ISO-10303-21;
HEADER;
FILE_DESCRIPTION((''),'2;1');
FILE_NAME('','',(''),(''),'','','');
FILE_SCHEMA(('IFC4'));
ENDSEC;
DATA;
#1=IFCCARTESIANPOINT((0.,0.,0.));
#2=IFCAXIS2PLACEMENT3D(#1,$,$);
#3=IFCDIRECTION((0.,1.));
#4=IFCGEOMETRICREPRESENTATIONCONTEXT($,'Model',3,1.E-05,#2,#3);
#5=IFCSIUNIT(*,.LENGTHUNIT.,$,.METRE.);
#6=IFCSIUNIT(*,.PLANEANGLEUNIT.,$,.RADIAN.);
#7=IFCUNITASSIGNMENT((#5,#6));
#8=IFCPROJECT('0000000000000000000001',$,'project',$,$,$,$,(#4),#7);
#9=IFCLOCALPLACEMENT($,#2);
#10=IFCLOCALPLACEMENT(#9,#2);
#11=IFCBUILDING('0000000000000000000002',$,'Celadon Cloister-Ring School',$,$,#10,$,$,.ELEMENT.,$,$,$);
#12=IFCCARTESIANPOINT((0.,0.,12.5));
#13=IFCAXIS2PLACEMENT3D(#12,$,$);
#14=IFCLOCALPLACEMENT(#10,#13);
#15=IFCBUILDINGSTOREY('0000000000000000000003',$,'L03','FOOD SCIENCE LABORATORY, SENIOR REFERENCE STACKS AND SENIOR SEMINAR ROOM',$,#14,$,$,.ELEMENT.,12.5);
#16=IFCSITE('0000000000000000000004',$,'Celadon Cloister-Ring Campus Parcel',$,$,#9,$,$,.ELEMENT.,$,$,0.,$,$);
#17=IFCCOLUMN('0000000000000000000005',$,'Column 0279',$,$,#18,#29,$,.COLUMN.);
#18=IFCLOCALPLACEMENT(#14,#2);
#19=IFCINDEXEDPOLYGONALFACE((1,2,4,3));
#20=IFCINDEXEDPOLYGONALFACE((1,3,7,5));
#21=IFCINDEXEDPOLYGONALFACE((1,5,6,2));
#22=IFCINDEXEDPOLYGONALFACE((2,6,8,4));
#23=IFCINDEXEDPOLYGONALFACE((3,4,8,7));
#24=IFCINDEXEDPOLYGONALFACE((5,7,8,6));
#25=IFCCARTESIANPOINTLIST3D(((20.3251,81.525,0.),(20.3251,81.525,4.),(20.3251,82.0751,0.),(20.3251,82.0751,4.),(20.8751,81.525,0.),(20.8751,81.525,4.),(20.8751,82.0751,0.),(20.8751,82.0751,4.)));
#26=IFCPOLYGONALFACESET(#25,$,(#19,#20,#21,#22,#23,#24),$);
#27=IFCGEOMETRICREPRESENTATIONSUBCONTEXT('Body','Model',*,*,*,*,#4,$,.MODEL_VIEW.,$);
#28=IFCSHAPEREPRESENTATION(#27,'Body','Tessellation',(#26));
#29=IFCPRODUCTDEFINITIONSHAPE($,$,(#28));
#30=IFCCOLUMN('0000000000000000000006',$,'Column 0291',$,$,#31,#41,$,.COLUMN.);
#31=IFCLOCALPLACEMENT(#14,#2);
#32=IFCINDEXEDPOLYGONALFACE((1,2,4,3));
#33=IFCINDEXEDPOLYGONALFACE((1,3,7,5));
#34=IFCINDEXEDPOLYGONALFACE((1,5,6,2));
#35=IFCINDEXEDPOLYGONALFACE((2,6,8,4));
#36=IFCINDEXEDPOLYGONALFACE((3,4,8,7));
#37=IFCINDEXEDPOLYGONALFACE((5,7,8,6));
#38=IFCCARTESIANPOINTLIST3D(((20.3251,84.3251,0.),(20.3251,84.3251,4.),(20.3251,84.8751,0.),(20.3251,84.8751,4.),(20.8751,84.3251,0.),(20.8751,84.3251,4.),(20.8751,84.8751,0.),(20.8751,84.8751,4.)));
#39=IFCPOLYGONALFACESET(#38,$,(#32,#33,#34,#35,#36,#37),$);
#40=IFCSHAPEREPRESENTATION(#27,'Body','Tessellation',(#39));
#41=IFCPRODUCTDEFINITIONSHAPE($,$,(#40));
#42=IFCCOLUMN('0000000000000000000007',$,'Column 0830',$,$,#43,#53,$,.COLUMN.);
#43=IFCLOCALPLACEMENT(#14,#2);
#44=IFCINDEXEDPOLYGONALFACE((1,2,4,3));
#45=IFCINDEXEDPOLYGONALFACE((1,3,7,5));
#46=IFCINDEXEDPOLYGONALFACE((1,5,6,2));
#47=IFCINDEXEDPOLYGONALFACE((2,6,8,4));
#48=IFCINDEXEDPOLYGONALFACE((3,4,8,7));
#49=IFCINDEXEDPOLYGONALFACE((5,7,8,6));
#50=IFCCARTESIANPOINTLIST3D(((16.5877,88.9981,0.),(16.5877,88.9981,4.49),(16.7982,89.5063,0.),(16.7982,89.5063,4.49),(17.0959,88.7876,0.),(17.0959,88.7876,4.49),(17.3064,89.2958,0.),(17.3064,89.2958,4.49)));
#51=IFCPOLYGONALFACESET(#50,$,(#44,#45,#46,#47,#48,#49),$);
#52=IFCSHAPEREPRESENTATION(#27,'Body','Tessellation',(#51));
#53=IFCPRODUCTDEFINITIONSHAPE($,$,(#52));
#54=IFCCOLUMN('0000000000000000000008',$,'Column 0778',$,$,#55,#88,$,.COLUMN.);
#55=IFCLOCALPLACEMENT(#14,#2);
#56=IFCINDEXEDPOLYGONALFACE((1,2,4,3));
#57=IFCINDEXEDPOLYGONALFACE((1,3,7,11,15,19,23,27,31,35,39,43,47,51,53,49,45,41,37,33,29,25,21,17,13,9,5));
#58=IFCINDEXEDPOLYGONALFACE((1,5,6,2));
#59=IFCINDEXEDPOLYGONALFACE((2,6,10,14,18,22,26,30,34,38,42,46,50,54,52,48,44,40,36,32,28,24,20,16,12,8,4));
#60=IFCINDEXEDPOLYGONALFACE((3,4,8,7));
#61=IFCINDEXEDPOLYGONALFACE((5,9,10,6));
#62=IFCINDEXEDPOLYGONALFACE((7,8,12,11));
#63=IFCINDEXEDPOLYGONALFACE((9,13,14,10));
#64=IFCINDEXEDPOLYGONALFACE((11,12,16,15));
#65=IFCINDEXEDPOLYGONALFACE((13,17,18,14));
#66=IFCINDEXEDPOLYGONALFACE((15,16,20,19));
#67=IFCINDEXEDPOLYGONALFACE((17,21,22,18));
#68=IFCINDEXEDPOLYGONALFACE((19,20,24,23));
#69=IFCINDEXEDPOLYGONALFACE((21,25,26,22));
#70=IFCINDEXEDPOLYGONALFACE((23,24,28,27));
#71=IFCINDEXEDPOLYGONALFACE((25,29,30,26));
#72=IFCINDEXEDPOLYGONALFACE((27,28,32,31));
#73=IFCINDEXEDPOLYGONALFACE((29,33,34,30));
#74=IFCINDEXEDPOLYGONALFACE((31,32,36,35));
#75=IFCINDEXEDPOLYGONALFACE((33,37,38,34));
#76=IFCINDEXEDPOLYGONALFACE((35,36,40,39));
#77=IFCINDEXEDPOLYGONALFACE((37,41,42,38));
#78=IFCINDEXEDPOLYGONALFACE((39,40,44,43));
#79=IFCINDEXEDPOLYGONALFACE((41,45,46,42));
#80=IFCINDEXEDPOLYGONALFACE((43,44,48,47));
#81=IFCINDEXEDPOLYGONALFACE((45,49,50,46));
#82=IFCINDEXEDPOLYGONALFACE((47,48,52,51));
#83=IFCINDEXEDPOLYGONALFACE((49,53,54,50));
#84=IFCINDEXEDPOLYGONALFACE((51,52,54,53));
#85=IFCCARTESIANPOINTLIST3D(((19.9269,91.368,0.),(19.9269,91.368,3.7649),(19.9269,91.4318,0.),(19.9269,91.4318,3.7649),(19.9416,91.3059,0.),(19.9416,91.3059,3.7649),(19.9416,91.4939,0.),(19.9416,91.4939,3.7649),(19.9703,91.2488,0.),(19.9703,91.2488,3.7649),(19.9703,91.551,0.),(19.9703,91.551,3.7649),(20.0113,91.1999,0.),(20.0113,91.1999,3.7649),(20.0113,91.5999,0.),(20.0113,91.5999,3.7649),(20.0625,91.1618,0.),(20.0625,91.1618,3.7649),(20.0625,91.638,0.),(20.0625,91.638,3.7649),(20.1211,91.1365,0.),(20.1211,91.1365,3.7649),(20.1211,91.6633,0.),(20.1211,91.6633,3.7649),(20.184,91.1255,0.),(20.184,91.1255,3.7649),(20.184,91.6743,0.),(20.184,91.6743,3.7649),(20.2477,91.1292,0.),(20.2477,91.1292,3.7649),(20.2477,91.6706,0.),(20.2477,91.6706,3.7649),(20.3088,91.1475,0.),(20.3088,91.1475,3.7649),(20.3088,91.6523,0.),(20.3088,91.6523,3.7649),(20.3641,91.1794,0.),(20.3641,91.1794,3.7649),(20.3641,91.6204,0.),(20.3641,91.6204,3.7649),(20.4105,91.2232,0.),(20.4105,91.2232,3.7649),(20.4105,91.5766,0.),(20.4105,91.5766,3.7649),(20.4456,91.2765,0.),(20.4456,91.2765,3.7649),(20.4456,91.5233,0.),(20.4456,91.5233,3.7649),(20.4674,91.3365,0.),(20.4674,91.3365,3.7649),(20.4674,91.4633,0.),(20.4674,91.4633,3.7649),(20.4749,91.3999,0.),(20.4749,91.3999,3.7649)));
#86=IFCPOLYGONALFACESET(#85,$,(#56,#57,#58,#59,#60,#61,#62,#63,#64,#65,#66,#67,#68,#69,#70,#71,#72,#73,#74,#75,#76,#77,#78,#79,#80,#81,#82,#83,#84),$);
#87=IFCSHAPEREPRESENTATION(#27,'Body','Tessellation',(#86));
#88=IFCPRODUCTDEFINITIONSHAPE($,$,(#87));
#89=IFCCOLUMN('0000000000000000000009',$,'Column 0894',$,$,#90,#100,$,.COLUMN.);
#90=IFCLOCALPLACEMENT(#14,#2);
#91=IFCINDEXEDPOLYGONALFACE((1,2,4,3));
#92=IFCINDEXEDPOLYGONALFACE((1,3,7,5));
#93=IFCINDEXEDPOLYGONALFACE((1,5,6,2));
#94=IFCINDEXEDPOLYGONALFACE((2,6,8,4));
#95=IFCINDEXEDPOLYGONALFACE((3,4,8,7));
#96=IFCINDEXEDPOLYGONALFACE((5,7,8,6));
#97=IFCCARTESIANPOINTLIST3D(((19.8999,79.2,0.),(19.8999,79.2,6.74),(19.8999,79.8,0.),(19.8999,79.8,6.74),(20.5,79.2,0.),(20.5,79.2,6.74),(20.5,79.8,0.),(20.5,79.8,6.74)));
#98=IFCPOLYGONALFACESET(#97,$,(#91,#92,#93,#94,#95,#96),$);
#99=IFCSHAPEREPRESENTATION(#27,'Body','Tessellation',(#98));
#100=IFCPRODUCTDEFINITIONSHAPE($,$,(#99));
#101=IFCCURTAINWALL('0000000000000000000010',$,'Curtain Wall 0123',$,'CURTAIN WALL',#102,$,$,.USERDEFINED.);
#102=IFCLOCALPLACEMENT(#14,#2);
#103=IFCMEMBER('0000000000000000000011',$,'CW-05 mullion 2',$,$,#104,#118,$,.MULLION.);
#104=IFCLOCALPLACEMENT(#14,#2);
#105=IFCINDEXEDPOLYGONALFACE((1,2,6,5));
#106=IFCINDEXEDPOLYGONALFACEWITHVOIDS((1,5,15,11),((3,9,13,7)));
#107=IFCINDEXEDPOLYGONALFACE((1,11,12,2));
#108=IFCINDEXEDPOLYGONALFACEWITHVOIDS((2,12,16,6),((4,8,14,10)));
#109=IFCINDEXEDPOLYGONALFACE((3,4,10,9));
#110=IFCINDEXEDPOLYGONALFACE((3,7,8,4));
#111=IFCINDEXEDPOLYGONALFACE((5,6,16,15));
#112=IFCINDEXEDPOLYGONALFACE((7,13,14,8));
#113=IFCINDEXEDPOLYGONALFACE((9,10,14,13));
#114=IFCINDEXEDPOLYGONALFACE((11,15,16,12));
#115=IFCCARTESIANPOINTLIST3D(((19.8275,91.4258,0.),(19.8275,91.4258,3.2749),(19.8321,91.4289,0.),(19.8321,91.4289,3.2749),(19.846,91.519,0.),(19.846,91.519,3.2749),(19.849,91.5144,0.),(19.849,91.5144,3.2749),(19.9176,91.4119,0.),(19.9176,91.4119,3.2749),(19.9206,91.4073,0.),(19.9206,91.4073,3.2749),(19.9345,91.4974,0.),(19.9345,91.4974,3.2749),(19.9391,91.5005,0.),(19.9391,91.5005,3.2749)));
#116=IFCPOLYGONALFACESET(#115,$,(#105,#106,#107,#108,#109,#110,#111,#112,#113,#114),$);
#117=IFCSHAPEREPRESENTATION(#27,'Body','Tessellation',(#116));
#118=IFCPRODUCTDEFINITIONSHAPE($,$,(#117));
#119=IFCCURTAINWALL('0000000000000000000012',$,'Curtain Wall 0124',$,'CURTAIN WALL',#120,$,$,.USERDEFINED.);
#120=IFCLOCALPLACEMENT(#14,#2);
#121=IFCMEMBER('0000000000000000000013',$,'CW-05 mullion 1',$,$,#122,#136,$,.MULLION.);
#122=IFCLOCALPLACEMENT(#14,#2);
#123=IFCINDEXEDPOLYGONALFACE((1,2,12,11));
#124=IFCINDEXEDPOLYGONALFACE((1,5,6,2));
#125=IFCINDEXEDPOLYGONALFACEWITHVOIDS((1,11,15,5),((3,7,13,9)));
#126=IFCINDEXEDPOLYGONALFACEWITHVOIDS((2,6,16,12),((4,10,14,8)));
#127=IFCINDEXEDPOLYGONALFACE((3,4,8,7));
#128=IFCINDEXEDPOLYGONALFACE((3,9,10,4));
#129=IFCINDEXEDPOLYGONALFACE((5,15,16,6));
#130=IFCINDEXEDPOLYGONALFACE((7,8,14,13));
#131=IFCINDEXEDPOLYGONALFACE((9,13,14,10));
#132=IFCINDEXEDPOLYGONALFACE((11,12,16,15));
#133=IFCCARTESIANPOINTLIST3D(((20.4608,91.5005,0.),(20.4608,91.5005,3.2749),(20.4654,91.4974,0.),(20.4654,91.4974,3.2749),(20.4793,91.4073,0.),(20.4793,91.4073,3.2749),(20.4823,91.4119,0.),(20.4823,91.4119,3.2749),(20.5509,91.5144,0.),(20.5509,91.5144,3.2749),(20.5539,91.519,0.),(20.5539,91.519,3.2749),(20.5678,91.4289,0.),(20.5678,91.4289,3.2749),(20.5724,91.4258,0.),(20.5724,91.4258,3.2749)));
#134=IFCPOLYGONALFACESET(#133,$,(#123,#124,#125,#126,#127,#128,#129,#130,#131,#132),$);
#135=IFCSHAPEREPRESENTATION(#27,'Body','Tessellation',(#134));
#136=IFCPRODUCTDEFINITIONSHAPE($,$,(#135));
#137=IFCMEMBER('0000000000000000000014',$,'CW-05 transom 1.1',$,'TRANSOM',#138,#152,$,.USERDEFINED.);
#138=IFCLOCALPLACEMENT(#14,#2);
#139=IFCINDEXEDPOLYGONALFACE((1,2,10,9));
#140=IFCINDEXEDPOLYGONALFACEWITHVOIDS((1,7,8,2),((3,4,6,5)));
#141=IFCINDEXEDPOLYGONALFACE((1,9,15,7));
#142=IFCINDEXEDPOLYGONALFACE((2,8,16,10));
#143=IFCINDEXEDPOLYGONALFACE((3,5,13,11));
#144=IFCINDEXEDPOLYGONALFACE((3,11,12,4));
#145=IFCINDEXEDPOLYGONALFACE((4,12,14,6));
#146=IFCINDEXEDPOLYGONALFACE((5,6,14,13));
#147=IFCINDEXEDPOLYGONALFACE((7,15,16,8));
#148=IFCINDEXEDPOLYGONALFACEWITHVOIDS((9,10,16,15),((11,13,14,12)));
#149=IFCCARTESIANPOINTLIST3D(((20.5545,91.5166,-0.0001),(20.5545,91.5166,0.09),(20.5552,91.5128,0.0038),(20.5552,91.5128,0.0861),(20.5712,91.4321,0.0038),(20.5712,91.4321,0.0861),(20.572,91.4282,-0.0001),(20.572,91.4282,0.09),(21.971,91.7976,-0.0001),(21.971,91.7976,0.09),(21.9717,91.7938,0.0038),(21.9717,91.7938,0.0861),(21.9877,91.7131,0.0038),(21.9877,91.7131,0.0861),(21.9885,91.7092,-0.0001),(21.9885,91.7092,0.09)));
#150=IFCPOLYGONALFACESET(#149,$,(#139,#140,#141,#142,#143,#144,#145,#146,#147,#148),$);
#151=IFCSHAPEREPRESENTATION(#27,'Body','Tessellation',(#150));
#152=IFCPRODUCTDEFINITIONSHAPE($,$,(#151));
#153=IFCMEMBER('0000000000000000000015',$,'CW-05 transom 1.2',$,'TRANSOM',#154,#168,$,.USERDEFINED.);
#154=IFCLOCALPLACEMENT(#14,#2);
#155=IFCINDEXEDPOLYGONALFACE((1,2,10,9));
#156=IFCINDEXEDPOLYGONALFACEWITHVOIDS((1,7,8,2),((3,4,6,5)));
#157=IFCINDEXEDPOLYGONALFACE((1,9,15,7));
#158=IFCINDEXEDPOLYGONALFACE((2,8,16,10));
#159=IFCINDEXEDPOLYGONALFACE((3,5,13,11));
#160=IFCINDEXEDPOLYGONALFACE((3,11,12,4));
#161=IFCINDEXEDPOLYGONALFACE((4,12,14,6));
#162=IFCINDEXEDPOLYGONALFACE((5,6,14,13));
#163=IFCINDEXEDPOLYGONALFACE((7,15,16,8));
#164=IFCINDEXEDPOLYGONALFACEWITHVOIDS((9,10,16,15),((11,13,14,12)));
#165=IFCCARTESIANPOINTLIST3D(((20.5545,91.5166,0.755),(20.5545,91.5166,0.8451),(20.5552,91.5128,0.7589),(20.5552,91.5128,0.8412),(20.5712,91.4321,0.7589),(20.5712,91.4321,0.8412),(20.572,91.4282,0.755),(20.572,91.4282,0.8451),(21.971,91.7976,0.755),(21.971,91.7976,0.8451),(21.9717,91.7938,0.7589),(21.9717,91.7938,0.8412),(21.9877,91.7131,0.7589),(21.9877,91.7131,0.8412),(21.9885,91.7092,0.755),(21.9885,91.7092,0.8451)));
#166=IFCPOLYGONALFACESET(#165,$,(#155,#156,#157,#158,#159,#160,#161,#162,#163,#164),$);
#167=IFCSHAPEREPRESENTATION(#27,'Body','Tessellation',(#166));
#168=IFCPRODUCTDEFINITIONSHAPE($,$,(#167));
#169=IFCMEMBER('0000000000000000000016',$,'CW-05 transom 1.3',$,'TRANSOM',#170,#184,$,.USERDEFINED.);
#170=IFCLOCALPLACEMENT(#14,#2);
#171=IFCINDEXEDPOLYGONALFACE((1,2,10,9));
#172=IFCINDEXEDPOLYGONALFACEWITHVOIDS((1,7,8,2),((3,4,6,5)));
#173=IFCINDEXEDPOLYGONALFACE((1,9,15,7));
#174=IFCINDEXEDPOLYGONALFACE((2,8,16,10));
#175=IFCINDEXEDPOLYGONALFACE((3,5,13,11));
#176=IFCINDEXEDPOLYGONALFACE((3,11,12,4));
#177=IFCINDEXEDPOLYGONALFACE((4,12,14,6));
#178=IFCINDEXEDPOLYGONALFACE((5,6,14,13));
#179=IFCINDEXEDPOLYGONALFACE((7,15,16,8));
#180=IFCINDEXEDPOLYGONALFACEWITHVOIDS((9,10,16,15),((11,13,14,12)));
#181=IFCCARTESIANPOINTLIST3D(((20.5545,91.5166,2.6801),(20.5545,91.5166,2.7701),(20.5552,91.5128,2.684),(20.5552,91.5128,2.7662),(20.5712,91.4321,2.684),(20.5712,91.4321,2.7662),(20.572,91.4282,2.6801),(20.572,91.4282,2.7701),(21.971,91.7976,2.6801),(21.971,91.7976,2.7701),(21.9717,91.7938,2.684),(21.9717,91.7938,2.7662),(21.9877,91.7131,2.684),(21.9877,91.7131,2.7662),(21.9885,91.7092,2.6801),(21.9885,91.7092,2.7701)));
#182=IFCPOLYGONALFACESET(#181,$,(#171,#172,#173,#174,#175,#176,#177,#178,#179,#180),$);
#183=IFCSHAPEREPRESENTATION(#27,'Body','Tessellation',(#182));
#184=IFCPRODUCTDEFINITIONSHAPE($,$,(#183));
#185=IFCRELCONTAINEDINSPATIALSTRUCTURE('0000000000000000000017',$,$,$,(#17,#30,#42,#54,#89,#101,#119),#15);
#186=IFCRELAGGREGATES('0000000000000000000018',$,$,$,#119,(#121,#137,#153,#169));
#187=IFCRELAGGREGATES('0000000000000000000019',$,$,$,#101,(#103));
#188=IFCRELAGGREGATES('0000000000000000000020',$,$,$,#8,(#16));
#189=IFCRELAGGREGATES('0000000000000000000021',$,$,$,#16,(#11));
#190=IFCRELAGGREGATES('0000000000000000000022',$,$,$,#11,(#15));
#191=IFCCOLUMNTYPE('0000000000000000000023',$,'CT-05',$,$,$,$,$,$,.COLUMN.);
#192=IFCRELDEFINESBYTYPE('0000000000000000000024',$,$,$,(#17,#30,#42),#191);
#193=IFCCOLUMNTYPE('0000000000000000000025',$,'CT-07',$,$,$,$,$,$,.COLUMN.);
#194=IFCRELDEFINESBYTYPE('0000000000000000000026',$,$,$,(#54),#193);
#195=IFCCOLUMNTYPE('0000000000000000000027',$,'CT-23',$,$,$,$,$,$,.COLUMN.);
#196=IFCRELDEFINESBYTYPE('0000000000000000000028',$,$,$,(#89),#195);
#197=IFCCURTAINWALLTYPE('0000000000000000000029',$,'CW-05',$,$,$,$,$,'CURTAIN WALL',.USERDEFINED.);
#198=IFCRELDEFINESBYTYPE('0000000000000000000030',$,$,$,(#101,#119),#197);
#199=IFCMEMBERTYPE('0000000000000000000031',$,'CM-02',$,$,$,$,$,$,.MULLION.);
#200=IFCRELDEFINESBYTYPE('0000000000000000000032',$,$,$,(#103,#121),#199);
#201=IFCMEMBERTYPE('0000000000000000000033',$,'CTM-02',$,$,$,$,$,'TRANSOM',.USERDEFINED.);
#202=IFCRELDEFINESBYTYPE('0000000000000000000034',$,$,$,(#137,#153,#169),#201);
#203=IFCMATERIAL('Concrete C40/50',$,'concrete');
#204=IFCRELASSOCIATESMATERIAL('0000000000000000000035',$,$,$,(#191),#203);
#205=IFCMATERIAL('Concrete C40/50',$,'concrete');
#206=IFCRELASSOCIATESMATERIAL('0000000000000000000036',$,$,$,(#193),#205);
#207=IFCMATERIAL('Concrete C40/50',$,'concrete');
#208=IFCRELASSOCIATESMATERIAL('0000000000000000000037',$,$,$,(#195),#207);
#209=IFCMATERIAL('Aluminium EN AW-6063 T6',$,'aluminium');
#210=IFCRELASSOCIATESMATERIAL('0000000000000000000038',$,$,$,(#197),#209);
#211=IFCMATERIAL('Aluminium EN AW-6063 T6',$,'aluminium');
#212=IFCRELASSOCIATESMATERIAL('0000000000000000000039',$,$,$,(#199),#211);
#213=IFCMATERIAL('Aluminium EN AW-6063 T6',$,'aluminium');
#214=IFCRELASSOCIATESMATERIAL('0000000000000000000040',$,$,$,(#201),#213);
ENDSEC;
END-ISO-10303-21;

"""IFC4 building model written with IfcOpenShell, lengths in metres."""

from ifc_helpers import new_model, si_unit, direction, frame, origin, origin_2d, place, context, subcontext, project, spatial, rectangle, hollow_rectangle, circle, extrude, material, material_profile, profile_set, type_object, element, aggregate, save


model = new_model("IFC4")

# Units and contexts
model_context = context("Model", 3, precision=1e-05, world=origin(), true_north=direction((0.0, 1.0)))
body_context = subcontext(model_context, "Body", "Model", "MODEL_VIEW")
ifc_project = project(units=[si_unit("LENGTHUNIT", "METRE"), si_unit("PLANEANGLEUNIT", "RADIAN")], contexts=[model_context])

# Site, building, storey
site_placement = place(None, origin())
site = spatial("IfcSite", under=ifc_project, at=site_placement, Name="Celadon Cloister-Ring Campus Parcel", CompositionType="ELEMENT", RefElevation=0.0)
building_placement = place(site_placement, origin())
building = spatial("IfcBuilding", under=site, at=building_placement, Name="Celadon Cloister-Ring School", CompositionType="ELEMENT")
storey_placement = place(building_placement, frame((0.0, 0.0, 12.5)))
storey = spatial("IfcBuildingStorey", under=building, at=storey_placement, Name="L03", Description="FOOD SCIENCE LABORATORY, SENIOR REFERENCE STACKS AND SENIOR SEMINAR ROOM", CompositionType="ELEMENT", Elevation=12.5)

# Columns
ifc_material_1 = material(Name="Concrete C40/50", Category="concrete")
ifc_material_profile_1 = material_profile(ifc_material_1, rectangle(XDim=0.55, YDim=0.55, at=origin_2d()), Name="RC550X550")
ifc_profile_set_1 = profile_set([ifc_material_profile_1], Name="Concrete C40/50")
column_type_1 = type_object("IfcColumnType", Name="CT-05", PredefinedType="COLUMN", material=ifc_profile_set_1)
for number, where, z_axis, x_axis, name in (
    (1, (20.6001, 81.8, 0.0), (0.0, 0.0, 1.0), (1.0, 0.0, 0.0), "Column 0279"),
    (2, (20.6001, 84.6001, 0.0), (0.0, 0.0, 1.0), (1.0, 0.0, 0.0), "Column 0291"),
):
    element("IfcColumn", number, at=place(storey_placement, frame(where, z_axis=z_axis, x_axis=x_axis)), inside=storey, type_object=column_type_1, Name=name, PredefinedType="COLUMN", context=body_context, shape_type="SweptSolid", body=[
        extrude(rectangle(XDim=0.55, YDim=0.55, at=origin_2d()), origin(), (0.0, 0.0, 1.0), 4.0),
    ])
column_1_placement = place(storey_placement, frame((16.947, 89.147, 0.0), z_axis=(0.0, 0.0, 1.0), x_axis=(-0.382683, -0.92388, 0.0)))
element("IfcColumn", 3, at=column_1_placement, inside=storey, type_object=column_type_1, Name="Column 0830", PredefinedType="COLUMN", context=body_context, shape_type="SweptSolid", body=[
    extrude(rectangle(XDim=0.55, YDim=0.55, at=origin_2d()), origin(), (0.0, 0.0, 1.0), 4.49),
])
ifc_material_2 = material(Name="Concrete C40/50", Category="concrete")
ifc_material_profile_2 = material_profile(ifc_material_2, circle(Radius=0.2749, at=origin_2d()), Name="CIRC550")
ifc_profile_set_2 = profile_set([ifc_material_profile_2], Name="Concrete C40/50")
column_type_2 = type_object("IfcColumnType", Name="CT-07", PredefinedType="COLUMN", material=ifc_profile_set_2)
column_2_placement = place(storey_placement, frame((20.2, 91.3999, 0.0), z_axis=(0.0, 0.0, 1.0), x_axis=(1.0, 0.0, 0.0)))
element("IfcColumn", 4, at=column_2_placement, inside=storey, type_object=column_type_2, Name="Column 0778", PredefinedType="COLUMN", context=body_context, shape_type="SweptSolid", body=[
    extrude(circle(Radius=0.2749, at=origin_2d()), origin(), (0.0, 0.0, 1.0), 3.7649),
])
ifc_material_3 = material(Name="Concrete C40/50", Category="concrete")
ifc_material_profile_3 = material_profile(ifc_material_3, rectangle(XDim=0.6001, YDim=0.6001, at=origin_2d()), Name="RC600X600")
ifc_profile_set_3 = profile_set([ifc_material_profile_3], Name="Concrete C40/50")
column_type_3 = type_object("IfcColumnType", Name="CT-23", PredefinedType="COLUMN", material=ifc_profile_set_3)
column_3_placement = place(storey_placement, frame((20.2, 79.5, 0.0), z_axis=(0.0, 0.0, 1.0), x_axis=(0.0, -1.0, 0.0)))
element("IfcColumn", 5, at=column_3_placement, inside=storey, type_object=column_type_3, Name="Column 0894", PredefinedType="COLUMN", context=body_context, shape_type="SweptSolid", body=[
    extrude(rectangle(XDim=0.6001, YDim=0.6001, at=origin_2d()), origin(), (0.0, 0.0, 1.0), 6.74),
])

# Curtain wall, member
ifc_material_4 = material(Name="Aluminium EN AW-6063 T6", Category="aluminium")
curtain_wall_type = type_object("IfcCurtainWallType", Name="CW-05", ElementType="CURTAIN WALL", PredefinedType="USERDEFINED", material=ifc_material_4)
curtain_wall_1_placement = place(storey_placement, origin())
curtain_wall_1 = element("IfcCurtainWall", 6, at=curtain_wall_1_placement, inside=storey, type_object=curtain_wall_type, Name="Curtain Wall 0123", ObjectType="CURTAIN WALL", PredefinedType="USERDEFINED")
ifc_material_5 = material(Name="Aluminium EN AW-6063 T6", Category="aluminium")
ifc_material_profile_4 = material_profile(ifc_material_5, hollow_rectangle(XDim=0.095, YDim=0.095, WallThickness=0.0039, at=origin_2d()), Name="RHS95X95X4")
ifc_profile_set_4 = profile_set([ifc_material_profile_4], Name="Aluminium EN AW-6063 T6")
member_type_1 = type_object("IfcMemberType", Name="CM-02", PredefinedType="MULLION", material=ifc_profile_set_4)
member_1_placement = place(storey_placement, frame((19.8833, 91.4631, 0.0), z_axis=(0.0, 0.0, 1.0), x_axis=(0.194586, 0.980885, 0.0)))
member_1 = element("IfcMember", 7, at=member_1_placement, type_object=member_type_1, Name="CW-05 mullion 2", PredefinedType="MULLION", context=body_context, shape_type="SweptSolid", body=[
    extrude(hollow_rectangle(XDim=0.095, YDim=0.095, WallThickness=0.0039, at=origin_2d()), origin(), (0.0, 0.0, 1.0), 3.2749),
])

# Curtain wall, members
curtain_wall_2_placement = place(storey_placement, origin())
curtain_wall_2 = element("IfcCurtainWall", 8, at=curtain_wall_2_placement, inside=storey, type_object=curtain_wall_type, Name="Curtain Wall 0124", ObjectType="CURTAIN WALL", PredefinedType="USERDEFINED")
member_2_placement = place(storey_placement, frame((20.5166, 91.4631, 0.0), z_axis=(0.0, 0.0, 1.0), x_axis=(-0.194586, 0.980885, 0.0)))
member_2 = element("IfcMember", 9, at=member_2_placement, type_object=member_type_1, Name="CW-05 mullion 1", PredefinedType="MULLION", context=body_context, shape_type="SweptSolid", body=[
    extrude(hollow_rectangle(XDim=0.095, YDim=0.095, WallThickness=0.0039, at=origin_2d()), origin(), (0.0, 0.0, 1.0), 3.2749),
])
ifc_material_6 = material(Name="Aluminium EN AW-6063 T6", Category="aluminium")
ifc_material_profile_5 = material_profile(ifc_material_6, hollow_rectangle(XDim=0.0901, YDim=0.0901, WallThickness=0.0039, at=origin_2d()), Name="RHS90X90X4")
ifc_profile_set_5 = profile_set([ifc_material_profile_5], Name="Aluminium EN AW-6063 T6")
member_type_2 = type_object("IfcMemberType", Name="CTM-02", ElementType="TRANSOM", PredefinedType="USERDEFINED", material=ifc_profile_set_5)
member_3_placement = place(storey_placement, frame((20.5632, 91.4724, 0.0449), z_axis=(0.980885, 0.194588, 0.0), x_axis=(-0.194588, 0.980885, 0.0)))
member_3 = element("IfcMember", 10, at=member_3_placement, type_object=member_type_2, Name="CW-05 transom 1.1", ObjectType="TRANSOM", PredefinedType="USERDEFINED", context=body_context, shape_type="SweptSolid", body=[
    extrude(hollow_rectangle(XDim=0.0901, YDim=0.0901, WallThickness=0.0039, at=origin_2d()), origin(), (0.0, 0.0, 1.0), 1.4441),
])
member_4_placement = place(storey_placement, frame((20.5632, 91.4724, 0.8), z_axis=(0.980885, 0.194588, 0.0), x_axis=(-0.194588, 0.980885, 0.0)))
member_4 = element("IfcMember", 11, at=member_4_placement, type_object=member_type_2, Name="CW-05 transom 1.2", ObjectType="TRANSOM", PredefinedType="USERDEFINED", context=body_context, shape_type="SweptSolid", body=[
    extrude(hollow_rectangle(XDim=0.0901, YDim=0.0901, WallThickness=0.0039, at=origin_2d()), origin(), (0.0, 0.0, 1.0), 1.4441),
])
member_5_placement = place(storey_placement, frame((20.5632, 91.4724, 2.7251), z_axis=(0.980885, 0.194588, 0.0), x_axis=(-0.194588, 0.980885, 0.0)))
member_5 = element("IfcMember", 12, at=member_5_placement, type_object=member_type_2, Name="CW-05 transom 1.3", ObjectType="TRANSOM", PredefinedType="USERDEFINED", context=body_context, shape_type="SweptSolid", body=[
    extrude(hollow_rectangle(XDim=0.0901, YDim=0.0901, WallThickness=0.0039, at=origin_2d()), origin(), (0.0, 0.0, 1.0), 1.4441),
])
aggregate(curtain_wall_2, [member_2, member_3, member_4, member_5])

aggregate(curtain_wall_1, [member_1])

save(model, "model.ifc")
